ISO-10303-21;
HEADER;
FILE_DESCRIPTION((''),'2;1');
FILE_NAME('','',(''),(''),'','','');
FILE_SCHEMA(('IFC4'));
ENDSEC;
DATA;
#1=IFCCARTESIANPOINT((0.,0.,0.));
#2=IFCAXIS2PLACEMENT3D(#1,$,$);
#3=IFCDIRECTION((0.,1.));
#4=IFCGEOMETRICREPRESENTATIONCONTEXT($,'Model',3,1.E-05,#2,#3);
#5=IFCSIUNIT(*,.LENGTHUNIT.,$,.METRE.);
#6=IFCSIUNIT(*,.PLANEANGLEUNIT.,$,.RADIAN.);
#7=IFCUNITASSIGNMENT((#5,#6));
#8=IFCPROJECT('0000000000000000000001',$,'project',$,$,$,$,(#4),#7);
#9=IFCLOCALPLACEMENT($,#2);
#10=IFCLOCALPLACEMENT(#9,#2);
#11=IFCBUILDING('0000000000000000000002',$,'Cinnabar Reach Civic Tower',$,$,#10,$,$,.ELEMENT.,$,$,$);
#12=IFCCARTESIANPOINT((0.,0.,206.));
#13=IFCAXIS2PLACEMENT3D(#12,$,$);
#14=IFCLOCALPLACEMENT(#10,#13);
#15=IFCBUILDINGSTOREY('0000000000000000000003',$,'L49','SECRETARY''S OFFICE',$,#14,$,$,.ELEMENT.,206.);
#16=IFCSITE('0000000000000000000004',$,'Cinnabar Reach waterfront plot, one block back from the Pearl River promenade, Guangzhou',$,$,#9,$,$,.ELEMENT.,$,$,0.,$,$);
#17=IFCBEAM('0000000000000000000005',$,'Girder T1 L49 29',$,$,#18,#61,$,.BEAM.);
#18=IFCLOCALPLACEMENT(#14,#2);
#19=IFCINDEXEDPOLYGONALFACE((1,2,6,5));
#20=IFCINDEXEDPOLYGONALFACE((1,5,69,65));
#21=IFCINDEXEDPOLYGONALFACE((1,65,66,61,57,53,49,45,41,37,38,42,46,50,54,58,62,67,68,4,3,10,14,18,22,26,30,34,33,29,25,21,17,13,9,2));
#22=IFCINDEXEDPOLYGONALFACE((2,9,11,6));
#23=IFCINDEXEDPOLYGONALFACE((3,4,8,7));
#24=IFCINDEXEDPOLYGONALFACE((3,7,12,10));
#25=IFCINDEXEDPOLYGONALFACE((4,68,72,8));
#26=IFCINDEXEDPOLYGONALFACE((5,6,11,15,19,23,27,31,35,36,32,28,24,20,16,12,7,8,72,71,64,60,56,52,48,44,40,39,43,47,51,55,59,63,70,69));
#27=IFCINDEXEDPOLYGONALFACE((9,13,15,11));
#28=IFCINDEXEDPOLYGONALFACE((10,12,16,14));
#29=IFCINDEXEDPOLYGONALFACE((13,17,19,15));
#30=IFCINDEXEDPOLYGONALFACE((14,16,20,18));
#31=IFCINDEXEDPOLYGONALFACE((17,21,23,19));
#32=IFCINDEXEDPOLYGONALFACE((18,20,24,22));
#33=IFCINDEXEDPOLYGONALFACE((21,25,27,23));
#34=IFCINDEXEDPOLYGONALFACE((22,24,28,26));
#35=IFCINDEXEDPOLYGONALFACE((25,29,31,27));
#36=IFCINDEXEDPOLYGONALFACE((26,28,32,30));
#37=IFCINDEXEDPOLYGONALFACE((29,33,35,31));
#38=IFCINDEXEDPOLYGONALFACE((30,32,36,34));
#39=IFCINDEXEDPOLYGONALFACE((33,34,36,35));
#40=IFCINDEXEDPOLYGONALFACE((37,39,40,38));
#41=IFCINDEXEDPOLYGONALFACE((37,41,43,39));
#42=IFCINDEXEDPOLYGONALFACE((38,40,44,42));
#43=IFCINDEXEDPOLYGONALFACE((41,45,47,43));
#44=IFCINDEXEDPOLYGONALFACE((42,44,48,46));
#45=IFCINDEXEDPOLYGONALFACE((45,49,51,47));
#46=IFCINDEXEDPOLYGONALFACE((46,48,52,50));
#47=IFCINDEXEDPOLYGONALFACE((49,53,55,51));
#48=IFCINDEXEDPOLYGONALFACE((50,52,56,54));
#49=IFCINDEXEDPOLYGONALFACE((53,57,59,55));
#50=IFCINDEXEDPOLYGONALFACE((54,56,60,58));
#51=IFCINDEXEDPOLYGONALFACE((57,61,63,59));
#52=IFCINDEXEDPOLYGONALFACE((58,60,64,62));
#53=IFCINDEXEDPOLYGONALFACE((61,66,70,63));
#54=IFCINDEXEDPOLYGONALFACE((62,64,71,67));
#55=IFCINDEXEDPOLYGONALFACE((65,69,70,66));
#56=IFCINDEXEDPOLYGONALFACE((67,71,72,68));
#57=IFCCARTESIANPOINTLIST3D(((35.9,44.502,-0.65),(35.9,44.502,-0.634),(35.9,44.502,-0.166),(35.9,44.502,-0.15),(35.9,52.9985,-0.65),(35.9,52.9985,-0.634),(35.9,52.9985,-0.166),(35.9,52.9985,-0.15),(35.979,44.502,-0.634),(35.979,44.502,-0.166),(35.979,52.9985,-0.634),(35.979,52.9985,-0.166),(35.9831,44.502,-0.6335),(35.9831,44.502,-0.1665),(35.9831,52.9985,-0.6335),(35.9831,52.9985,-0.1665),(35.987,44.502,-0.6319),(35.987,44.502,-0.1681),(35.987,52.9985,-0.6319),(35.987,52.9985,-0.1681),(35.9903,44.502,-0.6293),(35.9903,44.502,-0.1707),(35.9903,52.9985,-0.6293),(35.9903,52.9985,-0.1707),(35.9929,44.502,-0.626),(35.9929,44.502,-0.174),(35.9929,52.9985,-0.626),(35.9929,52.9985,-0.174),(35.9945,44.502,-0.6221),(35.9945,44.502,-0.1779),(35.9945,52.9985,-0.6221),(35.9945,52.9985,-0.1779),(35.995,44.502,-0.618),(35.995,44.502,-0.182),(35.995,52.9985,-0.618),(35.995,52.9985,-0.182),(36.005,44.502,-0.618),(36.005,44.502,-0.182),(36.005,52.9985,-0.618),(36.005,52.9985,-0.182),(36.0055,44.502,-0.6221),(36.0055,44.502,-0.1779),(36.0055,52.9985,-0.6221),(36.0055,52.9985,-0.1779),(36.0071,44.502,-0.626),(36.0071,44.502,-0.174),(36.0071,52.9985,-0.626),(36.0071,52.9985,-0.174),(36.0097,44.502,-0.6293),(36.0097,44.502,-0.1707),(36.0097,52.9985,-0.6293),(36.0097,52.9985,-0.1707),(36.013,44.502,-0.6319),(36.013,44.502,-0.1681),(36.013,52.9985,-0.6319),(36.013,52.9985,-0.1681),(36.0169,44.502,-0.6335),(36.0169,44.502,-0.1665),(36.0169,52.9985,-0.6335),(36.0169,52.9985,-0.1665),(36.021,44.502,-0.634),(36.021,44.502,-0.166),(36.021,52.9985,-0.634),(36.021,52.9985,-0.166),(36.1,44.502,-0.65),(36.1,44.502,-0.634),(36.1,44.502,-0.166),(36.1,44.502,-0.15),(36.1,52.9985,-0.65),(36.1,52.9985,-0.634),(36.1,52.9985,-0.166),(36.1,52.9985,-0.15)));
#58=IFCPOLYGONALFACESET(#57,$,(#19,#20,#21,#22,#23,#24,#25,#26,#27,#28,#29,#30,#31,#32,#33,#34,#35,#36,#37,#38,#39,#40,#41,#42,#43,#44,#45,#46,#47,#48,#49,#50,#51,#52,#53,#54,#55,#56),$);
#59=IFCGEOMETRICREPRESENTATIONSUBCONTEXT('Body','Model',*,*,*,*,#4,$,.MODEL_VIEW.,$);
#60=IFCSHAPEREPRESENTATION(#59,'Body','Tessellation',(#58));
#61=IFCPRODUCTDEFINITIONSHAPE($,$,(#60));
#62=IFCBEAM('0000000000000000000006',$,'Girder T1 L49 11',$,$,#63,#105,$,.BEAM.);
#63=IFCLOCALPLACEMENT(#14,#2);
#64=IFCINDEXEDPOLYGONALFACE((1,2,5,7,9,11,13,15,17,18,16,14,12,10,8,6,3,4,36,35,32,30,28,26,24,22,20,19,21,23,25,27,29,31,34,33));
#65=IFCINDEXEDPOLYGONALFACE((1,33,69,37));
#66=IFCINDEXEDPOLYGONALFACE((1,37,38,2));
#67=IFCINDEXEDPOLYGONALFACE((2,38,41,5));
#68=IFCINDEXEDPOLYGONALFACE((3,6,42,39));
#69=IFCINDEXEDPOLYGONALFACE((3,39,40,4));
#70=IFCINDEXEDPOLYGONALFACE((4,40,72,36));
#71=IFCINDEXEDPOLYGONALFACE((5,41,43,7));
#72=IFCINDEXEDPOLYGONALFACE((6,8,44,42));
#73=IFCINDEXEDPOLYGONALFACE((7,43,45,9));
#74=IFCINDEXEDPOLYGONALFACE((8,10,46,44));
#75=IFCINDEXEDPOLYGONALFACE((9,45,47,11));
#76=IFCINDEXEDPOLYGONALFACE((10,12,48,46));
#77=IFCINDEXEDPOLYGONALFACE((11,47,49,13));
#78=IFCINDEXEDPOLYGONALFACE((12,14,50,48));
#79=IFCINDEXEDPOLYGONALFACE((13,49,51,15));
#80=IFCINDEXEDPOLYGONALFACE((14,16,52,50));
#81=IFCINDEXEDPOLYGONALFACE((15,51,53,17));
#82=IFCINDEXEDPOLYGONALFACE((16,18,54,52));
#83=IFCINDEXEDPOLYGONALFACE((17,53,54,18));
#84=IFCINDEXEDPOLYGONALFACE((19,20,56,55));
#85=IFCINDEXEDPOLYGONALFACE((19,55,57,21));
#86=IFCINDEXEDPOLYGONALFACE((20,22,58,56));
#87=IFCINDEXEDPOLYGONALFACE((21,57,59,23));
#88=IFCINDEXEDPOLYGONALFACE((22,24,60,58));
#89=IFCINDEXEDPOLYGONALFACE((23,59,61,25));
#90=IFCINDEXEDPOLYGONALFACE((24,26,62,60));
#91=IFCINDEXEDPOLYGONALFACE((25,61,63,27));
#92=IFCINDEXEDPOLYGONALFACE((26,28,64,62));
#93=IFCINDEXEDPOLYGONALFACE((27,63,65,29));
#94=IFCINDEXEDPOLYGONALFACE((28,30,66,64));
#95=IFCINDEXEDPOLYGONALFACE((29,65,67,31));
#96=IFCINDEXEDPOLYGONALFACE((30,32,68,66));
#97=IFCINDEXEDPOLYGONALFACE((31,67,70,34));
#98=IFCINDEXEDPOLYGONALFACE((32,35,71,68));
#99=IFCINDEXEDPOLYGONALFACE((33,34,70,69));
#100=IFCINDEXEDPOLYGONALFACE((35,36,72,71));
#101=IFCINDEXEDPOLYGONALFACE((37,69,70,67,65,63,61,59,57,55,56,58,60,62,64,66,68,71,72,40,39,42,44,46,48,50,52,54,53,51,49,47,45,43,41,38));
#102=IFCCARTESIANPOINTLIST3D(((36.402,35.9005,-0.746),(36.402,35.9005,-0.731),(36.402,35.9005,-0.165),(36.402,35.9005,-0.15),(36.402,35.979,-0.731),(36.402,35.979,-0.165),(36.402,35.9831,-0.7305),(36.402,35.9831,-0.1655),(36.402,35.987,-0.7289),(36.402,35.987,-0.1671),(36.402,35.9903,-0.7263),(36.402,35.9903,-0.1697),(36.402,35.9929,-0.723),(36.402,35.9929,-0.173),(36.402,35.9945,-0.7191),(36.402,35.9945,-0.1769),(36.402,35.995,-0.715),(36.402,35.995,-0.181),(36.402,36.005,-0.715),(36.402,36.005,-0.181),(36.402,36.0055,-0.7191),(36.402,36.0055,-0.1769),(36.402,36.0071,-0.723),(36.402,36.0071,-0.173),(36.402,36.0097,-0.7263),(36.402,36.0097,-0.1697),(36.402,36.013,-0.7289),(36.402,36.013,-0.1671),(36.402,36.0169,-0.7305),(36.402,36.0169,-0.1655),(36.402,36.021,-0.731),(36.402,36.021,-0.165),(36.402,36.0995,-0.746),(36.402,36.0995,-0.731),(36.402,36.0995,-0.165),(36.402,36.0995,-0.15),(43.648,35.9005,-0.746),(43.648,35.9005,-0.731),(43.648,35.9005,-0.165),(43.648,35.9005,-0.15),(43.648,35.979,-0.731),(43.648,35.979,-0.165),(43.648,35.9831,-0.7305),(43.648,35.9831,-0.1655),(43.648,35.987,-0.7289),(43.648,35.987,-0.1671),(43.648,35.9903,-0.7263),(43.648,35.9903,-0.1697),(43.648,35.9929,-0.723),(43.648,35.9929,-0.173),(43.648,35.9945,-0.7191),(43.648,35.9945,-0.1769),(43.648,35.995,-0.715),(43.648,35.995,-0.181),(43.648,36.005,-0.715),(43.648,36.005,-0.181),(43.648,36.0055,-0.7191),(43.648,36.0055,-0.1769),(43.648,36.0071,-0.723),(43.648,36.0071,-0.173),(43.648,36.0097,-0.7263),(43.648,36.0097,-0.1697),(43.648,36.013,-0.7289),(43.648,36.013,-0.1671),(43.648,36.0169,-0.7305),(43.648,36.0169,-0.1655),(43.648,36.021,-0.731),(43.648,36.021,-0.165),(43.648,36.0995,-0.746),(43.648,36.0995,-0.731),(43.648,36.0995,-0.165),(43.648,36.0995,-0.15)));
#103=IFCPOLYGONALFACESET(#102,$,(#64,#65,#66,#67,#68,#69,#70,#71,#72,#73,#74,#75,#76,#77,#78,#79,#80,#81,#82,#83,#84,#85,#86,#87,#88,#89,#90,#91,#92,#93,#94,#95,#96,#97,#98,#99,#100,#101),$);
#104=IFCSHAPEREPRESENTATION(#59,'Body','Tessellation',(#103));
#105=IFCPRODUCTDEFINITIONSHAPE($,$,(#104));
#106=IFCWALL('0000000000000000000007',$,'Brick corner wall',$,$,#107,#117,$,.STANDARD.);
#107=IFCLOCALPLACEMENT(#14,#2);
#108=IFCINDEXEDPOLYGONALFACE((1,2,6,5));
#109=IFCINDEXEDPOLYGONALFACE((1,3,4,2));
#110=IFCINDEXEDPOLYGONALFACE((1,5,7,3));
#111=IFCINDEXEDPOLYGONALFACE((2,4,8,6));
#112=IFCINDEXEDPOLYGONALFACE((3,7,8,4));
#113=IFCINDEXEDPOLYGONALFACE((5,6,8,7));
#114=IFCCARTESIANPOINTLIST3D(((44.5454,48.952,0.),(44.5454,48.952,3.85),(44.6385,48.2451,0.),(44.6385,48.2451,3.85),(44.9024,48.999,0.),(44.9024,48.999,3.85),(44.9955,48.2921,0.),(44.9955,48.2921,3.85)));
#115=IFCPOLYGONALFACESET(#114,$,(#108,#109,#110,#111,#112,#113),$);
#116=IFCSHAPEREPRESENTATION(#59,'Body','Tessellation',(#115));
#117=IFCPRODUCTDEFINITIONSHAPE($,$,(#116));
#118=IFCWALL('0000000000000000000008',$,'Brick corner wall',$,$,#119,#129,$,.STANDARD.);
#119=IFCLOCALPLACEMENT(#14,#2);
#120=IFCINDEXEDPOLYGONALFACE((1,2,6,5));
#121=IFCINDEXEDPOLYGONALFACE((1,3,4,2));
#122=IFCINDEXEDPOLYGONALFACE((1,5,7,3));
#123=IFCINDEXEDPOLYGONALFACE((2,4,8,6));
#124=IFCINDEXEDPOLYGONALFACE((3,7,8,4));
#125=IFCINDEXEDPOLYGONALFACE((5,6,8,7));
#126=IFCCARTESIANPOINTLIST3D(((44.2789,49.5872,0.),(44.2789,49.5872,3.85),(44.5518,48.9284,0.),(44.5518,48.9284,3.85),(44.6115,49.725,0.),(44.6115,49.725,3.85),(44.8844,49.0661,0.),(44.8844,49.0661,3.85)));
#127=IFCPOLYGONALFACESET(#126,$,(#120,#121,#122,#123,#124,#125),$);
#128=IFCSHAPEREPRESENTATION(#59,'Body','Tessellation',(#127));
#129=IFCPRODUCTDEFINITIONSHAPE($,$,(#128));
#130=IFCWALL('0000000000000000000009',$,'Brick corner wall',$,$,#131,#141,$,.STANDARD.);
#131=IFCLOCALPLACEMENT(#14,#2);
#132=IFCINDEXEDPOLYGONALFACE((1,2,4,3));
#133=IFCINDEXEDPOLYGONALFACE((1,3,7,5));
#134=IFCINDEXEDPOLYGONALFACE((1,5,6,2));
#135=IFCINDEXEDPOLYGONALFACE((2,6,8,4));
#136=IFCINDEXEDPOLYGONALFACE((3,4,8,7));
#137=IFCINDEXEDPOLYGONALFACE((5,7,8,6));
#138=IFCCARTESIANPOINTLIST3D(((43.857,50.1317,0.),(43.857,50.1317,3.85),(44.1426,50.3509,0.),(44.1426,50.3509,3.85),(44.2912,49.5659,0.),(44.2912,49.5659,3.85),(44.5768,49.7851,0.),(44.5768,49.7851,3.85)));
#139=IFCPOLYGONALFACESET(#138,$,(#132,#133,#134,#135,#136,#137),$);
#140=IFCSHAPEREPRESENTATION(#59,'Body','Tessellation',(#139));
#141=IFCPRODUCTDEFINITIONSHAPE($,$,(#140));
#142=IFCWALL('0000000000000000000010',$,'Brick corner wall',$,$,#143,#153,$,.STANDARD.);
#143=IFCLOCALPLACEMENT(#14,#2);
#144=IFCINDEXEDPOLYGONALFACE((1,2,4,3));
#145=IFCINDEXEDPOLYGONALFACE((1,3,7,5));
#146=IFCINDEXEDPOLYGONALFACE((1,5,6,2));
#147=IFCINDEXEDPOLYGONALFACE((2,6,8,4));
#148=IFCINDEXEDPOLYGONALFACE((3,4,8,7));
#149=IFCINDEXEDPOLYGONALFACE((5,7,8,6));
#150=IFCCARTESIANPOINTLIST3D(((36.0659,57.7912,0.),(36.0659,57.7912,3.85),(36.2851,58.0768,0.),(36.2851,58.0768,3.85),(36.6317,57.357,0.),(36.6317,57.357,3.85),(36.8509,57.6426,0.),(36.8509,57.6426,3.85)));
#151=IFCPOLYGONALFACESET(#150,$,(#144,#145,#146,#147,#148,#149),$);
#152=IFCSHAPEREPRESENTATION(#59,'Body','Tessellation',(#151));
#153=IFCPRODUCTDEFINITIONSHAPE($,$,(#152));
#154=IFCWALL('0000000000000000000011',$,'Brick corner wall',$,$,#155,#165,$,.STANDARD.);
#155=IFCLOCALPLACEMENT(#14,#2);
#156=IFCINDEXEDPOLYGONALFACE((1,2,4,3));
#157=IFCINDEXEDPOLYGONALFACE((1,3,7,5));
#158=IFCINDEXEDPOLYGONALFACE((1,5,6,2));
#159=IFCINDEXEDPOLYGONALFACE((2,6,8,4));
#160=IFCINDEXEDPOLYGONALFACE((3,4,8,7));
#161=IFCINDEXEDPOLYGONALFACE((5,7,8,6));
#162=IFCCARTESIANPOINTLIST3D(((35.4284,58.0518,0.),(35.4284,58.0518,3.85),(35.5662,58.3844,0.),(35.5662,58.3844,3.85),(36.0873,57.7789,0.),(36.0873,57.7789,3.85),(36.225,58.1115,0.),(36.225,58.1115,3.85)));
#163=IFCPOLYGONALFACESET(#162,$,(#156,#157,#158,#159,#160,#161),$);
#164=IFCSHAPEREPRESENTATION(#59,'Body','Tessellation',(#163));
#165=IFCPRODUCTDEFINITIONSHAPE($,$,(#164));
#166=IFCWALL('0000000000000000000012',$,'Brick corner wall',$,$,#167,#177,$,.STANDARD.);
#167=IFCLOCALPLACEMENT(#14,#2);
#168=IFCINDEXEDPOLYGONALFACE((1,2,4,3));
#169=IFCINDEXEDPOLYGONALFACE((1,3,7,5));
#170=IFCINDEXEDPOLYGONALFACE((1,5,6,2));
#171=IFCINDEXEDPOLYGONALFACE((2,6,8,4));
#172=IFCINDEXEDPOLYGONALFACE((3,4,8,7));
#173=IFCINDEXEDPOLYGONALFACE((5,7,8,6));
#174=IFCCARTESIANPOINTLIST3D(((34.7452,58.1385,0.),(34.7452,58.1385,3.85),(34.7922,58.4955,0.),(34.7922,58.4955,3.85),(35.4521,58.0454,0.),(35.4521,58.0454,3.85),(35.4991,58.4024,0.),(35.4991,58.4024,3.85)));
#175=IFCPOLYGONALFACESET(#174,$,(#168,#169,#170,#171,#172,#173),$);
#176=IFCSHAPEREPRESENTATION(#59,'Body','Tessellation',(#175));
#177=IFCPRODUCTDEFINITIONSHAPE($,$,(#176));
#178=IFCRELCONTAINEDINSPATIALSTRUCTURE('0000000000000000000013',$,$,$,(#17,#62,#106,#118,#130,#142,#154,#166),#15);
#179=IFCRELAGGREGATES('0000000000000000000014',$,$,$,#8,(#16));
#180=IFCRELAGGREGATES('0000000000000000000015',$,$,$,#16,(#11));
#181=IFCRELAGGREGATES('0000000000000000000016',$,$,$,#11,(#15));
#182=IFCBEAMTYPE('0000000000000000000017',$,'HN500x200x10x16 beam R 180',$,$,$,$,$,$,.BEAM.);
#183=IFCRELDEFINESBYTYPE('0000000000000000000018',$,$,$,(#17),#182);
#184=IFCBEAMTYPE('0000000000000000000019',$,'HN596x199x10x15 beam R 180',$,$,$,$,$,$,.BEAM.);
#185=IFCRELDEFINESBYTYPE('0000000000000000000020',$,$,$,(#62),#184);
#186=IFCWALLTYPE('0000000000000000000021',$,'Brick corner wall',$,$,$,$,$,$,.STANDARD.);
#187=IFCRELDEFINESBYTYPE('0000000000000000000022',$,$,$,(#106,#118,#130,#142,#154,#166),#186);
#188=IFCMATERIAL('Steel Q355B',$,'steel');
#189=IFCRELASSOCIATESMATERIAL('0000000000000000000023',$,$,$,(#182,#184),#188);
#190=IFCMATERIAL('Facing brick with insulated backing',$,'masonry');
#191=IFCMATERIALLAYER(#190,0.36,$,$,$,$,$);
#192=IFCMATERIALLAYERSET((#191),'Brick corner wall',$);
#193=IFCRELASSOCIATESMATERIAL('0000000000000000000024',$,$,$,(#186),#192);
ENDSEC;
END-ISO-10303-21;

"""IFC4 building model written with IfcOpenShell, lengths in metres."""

from ifc_helpers import new_model, si_unit, direction, frame, frame_2d, origin, origin_2d, place, context, subcontext, project, spatial, rectangle, i_section, extrude, material, layer, layer_set, material_profile, profile_set, type_object, element, save


model = new_model("IFC4")

# Units and contexts
model_context = context("Model", 3, precision=1e-05, world=origin(), true_north=direction((0.0, 1.0)))
body_context = subcontext(model_context, "Body", "Model", "MODEL_VIEW")
ifc_project = project(units=[si_unit("LENGTHUNIT", "METRE"), si_unit("PLANEANGLEUNIT", "RADIAN")], contexts=[model_context])

# Site, building, storey
site_placement = place(None, origin())
site = spatial("IfcSite", under=ifc_project, at=site_placement, Name="Cinnabar Reach waterfront plot, one block back from the Pearl River promenade, Guangzhou", CompositionType="ELEMENT", RefElevation=0.0)
building_placement = place(site_placement, origin())
building = spatial("IfcBuilding", under=site, at=building_placement, Name="Cinnabar Reach Civic Tower", CompositionType="ELEMENT")
storey_placement = place(building_placement, frame((0.0, 0.0, 206.0)))
storey = spatial("IfcBuildingStorey", under=building, at=storey_placement, Name="L49", Description="SECRETARY'S OFFICE", CompositionType="ELEMENT", Elevation=206.0)

# Beams
ifc_material_1 = material(Name="Steel Q355B", Category="steel")
ifc_material_profile_1 = material_profile(ifc_material_1, i_section(OverallWidth=0.2, OverallDepth=0.5, WebThickness=0.01, FlangeThickness=0.016, FilletRadius=0.016, at=origin_2d()), Name="HN500x200x10x16")
ifc_profile_set_1 = profile_set([ifc_material_profile_1], Name="Steel Q355B")
beam_type_1 = type_object("IfcBeamType", Name="HN500x200x10x16 beam R 180", PredefinedType="BEAM", material=ifc_profile_set_1)
beam_1_placement = place(storey_placement, frame((36.0, 44.502, -0.4), z_axis=(0.0, 1.0, 0.0), x_axis=(-1.0, 0.0, 0.0)))
element("IfcBeam", 1, at=beam_1_placement, inside=storey, type_object=beam_type_1, Name="Girder T1 L49 29", PredefinedType="BEAM", context=body_context, shape_type="SweptSolid", body=[
    extrude(i_section(OverallWidth=0.2, OverallDepth=0.5, WebThickness=0.01, FlangeThickness=0.016, FilletRadius=0.016, at=origin_2d()), origin(), (0.0, 0.0, 1.0), 8.4965),
])
ifc_material_profile_2 = material_profile(ifc_material_1, i_section(OverallWidth=0.199, OverallDepth=0.596, WebThickness=0.01, FlangeThickness=0.015, FilletRadius=0.016, at=origin_2d()), Name="HN596x199x10x15")
ifc_profile_set_2 = profile_set([ifc_material_profile_2], Name="Steel Q355B")
beam_type_2 = type_object("IfcBeamType", Name="HN596x199x10x15 beam R 180", PredefinedType="BEAM", material=ifc_profile_set_2)
beam_2_placement = place(storey_placement, frame((36.402, 36.0, -0.448), z_axis=(1.0, 0.0, 0.0), x_axis=(0.0, 1.0, 0.0)))
element("IfcBeam", 2, at=beam_2_placement, inside=storey, type_object=beam_type_2, Name="Girder T1 L49 11", PredefinedType="BEAM", context=body_context, shape_type="SweptSolid", body=[
    extrude(i_section(OverallWidth=0.199, OverallDepth=0.596, WebThickness=0.01, FlangeThickness=0.015, FilletRadius=0.016, at=origin_2d()), origin(), (0.0, 0.0, 1.0), 7.246),
])

# Walls
ifc_material_2 = material(Name="Facing brick with insulated backing", Category="masonry")
ifc_layer_1 = layer(ifc_material_2, 0.36)
ifc_layer_set_1 = layer_set([ifc_layer_1], Name="Brick corner wall")
wall_type_1 = type_object("IfcWallType", Name="Brick corner wall", PredefinedType="STANDARD", material=ifc_layer_set_1)
for number, where, z_axis, x_axis, name in (
    (3, (44.817, 48.2686, 0.0), (0.0, 0.0, 1.0), (-0.130556, 0.991441, 0.0), "Brick corner wall"),
    (4, (44.7181, 48.9973, 0.0), (0.0, 0.0, 1.0), (-0.382703, 0.923872, 0.0), "Brick corner wall"),
):
    element("IfcWall", number, at=place(storey_placement, frame(where, z_axis=z_axis, x_axis=x_axis)), inside=storey, type_object=wall_type_1, Name=name, PredefinedType="STANDARD", context=body_context, shape_type="SweptSolid", body=[
        extrude(rectangle(XDim=0.7131, YDim=0.36, at=frame_2d((0.3565, 0.0))), origin(), (0.0, 0.0, 1.0), 3.85),
    ])
for number, where, z_axis, x_axis, name in (
    (5, (44.434, 49.6755, 0.0), (0.0, 0.0, 1.0), (-0.608802, 0.793322, 0.0), "Brick corner wall"),
    (6, (36.7413, 57.4998, 0.0), (0.0, 0.0, 1.0), (-0.793322, 0.608802, 0.0), "Brick corner wall"),
):
    element("IfcWall", number, at=place(storey_placement, frame(where, z_axis=z_axis, x_axis=x_axis)), inside=storey, type_object=wall_type_1, Name=name, PredefinedType="STANDARD", context=body_context, shape_type="SweptSolid", body=[
        extrude(rectangle(XDim=0.7132, YDim=0.36, at=frame_2d((0.3566, 0.0))), origin(), (0.0, 0.0, 1.0), 3.85),
    ])
for number, where, z_axis, x_axis, name in (
    (7, (36.1561, 57.9452, 0.0), (0.0, 0.0, 1.0), (-0.923872, 0.382703, 0.0), "Brick corner wall"),
    (8, (35.4756, 58.2239, 0.0), (0.0, 0.0, 1.0), (-0.991441, 0.130556, 0.0), "Brick corner wall"),
):
    element("IfcWall", number, at=place(storey_placement, frame(where, z_axis=z_axis, x_axis=x_axis)), inside=storey, type_object=wall_type_1, Name=name, PredefinedType="STANDARD", context=body_context, shape_type="SweptSolid", body=[
        extrude(rectangle(XDim=0.7131, YDim=0.36, at=frame_2d((0.3565, 0.0))), origin(), (0.0, 0.0, 1.0), 3.85),
    ])

save(model, "model.ifc")
